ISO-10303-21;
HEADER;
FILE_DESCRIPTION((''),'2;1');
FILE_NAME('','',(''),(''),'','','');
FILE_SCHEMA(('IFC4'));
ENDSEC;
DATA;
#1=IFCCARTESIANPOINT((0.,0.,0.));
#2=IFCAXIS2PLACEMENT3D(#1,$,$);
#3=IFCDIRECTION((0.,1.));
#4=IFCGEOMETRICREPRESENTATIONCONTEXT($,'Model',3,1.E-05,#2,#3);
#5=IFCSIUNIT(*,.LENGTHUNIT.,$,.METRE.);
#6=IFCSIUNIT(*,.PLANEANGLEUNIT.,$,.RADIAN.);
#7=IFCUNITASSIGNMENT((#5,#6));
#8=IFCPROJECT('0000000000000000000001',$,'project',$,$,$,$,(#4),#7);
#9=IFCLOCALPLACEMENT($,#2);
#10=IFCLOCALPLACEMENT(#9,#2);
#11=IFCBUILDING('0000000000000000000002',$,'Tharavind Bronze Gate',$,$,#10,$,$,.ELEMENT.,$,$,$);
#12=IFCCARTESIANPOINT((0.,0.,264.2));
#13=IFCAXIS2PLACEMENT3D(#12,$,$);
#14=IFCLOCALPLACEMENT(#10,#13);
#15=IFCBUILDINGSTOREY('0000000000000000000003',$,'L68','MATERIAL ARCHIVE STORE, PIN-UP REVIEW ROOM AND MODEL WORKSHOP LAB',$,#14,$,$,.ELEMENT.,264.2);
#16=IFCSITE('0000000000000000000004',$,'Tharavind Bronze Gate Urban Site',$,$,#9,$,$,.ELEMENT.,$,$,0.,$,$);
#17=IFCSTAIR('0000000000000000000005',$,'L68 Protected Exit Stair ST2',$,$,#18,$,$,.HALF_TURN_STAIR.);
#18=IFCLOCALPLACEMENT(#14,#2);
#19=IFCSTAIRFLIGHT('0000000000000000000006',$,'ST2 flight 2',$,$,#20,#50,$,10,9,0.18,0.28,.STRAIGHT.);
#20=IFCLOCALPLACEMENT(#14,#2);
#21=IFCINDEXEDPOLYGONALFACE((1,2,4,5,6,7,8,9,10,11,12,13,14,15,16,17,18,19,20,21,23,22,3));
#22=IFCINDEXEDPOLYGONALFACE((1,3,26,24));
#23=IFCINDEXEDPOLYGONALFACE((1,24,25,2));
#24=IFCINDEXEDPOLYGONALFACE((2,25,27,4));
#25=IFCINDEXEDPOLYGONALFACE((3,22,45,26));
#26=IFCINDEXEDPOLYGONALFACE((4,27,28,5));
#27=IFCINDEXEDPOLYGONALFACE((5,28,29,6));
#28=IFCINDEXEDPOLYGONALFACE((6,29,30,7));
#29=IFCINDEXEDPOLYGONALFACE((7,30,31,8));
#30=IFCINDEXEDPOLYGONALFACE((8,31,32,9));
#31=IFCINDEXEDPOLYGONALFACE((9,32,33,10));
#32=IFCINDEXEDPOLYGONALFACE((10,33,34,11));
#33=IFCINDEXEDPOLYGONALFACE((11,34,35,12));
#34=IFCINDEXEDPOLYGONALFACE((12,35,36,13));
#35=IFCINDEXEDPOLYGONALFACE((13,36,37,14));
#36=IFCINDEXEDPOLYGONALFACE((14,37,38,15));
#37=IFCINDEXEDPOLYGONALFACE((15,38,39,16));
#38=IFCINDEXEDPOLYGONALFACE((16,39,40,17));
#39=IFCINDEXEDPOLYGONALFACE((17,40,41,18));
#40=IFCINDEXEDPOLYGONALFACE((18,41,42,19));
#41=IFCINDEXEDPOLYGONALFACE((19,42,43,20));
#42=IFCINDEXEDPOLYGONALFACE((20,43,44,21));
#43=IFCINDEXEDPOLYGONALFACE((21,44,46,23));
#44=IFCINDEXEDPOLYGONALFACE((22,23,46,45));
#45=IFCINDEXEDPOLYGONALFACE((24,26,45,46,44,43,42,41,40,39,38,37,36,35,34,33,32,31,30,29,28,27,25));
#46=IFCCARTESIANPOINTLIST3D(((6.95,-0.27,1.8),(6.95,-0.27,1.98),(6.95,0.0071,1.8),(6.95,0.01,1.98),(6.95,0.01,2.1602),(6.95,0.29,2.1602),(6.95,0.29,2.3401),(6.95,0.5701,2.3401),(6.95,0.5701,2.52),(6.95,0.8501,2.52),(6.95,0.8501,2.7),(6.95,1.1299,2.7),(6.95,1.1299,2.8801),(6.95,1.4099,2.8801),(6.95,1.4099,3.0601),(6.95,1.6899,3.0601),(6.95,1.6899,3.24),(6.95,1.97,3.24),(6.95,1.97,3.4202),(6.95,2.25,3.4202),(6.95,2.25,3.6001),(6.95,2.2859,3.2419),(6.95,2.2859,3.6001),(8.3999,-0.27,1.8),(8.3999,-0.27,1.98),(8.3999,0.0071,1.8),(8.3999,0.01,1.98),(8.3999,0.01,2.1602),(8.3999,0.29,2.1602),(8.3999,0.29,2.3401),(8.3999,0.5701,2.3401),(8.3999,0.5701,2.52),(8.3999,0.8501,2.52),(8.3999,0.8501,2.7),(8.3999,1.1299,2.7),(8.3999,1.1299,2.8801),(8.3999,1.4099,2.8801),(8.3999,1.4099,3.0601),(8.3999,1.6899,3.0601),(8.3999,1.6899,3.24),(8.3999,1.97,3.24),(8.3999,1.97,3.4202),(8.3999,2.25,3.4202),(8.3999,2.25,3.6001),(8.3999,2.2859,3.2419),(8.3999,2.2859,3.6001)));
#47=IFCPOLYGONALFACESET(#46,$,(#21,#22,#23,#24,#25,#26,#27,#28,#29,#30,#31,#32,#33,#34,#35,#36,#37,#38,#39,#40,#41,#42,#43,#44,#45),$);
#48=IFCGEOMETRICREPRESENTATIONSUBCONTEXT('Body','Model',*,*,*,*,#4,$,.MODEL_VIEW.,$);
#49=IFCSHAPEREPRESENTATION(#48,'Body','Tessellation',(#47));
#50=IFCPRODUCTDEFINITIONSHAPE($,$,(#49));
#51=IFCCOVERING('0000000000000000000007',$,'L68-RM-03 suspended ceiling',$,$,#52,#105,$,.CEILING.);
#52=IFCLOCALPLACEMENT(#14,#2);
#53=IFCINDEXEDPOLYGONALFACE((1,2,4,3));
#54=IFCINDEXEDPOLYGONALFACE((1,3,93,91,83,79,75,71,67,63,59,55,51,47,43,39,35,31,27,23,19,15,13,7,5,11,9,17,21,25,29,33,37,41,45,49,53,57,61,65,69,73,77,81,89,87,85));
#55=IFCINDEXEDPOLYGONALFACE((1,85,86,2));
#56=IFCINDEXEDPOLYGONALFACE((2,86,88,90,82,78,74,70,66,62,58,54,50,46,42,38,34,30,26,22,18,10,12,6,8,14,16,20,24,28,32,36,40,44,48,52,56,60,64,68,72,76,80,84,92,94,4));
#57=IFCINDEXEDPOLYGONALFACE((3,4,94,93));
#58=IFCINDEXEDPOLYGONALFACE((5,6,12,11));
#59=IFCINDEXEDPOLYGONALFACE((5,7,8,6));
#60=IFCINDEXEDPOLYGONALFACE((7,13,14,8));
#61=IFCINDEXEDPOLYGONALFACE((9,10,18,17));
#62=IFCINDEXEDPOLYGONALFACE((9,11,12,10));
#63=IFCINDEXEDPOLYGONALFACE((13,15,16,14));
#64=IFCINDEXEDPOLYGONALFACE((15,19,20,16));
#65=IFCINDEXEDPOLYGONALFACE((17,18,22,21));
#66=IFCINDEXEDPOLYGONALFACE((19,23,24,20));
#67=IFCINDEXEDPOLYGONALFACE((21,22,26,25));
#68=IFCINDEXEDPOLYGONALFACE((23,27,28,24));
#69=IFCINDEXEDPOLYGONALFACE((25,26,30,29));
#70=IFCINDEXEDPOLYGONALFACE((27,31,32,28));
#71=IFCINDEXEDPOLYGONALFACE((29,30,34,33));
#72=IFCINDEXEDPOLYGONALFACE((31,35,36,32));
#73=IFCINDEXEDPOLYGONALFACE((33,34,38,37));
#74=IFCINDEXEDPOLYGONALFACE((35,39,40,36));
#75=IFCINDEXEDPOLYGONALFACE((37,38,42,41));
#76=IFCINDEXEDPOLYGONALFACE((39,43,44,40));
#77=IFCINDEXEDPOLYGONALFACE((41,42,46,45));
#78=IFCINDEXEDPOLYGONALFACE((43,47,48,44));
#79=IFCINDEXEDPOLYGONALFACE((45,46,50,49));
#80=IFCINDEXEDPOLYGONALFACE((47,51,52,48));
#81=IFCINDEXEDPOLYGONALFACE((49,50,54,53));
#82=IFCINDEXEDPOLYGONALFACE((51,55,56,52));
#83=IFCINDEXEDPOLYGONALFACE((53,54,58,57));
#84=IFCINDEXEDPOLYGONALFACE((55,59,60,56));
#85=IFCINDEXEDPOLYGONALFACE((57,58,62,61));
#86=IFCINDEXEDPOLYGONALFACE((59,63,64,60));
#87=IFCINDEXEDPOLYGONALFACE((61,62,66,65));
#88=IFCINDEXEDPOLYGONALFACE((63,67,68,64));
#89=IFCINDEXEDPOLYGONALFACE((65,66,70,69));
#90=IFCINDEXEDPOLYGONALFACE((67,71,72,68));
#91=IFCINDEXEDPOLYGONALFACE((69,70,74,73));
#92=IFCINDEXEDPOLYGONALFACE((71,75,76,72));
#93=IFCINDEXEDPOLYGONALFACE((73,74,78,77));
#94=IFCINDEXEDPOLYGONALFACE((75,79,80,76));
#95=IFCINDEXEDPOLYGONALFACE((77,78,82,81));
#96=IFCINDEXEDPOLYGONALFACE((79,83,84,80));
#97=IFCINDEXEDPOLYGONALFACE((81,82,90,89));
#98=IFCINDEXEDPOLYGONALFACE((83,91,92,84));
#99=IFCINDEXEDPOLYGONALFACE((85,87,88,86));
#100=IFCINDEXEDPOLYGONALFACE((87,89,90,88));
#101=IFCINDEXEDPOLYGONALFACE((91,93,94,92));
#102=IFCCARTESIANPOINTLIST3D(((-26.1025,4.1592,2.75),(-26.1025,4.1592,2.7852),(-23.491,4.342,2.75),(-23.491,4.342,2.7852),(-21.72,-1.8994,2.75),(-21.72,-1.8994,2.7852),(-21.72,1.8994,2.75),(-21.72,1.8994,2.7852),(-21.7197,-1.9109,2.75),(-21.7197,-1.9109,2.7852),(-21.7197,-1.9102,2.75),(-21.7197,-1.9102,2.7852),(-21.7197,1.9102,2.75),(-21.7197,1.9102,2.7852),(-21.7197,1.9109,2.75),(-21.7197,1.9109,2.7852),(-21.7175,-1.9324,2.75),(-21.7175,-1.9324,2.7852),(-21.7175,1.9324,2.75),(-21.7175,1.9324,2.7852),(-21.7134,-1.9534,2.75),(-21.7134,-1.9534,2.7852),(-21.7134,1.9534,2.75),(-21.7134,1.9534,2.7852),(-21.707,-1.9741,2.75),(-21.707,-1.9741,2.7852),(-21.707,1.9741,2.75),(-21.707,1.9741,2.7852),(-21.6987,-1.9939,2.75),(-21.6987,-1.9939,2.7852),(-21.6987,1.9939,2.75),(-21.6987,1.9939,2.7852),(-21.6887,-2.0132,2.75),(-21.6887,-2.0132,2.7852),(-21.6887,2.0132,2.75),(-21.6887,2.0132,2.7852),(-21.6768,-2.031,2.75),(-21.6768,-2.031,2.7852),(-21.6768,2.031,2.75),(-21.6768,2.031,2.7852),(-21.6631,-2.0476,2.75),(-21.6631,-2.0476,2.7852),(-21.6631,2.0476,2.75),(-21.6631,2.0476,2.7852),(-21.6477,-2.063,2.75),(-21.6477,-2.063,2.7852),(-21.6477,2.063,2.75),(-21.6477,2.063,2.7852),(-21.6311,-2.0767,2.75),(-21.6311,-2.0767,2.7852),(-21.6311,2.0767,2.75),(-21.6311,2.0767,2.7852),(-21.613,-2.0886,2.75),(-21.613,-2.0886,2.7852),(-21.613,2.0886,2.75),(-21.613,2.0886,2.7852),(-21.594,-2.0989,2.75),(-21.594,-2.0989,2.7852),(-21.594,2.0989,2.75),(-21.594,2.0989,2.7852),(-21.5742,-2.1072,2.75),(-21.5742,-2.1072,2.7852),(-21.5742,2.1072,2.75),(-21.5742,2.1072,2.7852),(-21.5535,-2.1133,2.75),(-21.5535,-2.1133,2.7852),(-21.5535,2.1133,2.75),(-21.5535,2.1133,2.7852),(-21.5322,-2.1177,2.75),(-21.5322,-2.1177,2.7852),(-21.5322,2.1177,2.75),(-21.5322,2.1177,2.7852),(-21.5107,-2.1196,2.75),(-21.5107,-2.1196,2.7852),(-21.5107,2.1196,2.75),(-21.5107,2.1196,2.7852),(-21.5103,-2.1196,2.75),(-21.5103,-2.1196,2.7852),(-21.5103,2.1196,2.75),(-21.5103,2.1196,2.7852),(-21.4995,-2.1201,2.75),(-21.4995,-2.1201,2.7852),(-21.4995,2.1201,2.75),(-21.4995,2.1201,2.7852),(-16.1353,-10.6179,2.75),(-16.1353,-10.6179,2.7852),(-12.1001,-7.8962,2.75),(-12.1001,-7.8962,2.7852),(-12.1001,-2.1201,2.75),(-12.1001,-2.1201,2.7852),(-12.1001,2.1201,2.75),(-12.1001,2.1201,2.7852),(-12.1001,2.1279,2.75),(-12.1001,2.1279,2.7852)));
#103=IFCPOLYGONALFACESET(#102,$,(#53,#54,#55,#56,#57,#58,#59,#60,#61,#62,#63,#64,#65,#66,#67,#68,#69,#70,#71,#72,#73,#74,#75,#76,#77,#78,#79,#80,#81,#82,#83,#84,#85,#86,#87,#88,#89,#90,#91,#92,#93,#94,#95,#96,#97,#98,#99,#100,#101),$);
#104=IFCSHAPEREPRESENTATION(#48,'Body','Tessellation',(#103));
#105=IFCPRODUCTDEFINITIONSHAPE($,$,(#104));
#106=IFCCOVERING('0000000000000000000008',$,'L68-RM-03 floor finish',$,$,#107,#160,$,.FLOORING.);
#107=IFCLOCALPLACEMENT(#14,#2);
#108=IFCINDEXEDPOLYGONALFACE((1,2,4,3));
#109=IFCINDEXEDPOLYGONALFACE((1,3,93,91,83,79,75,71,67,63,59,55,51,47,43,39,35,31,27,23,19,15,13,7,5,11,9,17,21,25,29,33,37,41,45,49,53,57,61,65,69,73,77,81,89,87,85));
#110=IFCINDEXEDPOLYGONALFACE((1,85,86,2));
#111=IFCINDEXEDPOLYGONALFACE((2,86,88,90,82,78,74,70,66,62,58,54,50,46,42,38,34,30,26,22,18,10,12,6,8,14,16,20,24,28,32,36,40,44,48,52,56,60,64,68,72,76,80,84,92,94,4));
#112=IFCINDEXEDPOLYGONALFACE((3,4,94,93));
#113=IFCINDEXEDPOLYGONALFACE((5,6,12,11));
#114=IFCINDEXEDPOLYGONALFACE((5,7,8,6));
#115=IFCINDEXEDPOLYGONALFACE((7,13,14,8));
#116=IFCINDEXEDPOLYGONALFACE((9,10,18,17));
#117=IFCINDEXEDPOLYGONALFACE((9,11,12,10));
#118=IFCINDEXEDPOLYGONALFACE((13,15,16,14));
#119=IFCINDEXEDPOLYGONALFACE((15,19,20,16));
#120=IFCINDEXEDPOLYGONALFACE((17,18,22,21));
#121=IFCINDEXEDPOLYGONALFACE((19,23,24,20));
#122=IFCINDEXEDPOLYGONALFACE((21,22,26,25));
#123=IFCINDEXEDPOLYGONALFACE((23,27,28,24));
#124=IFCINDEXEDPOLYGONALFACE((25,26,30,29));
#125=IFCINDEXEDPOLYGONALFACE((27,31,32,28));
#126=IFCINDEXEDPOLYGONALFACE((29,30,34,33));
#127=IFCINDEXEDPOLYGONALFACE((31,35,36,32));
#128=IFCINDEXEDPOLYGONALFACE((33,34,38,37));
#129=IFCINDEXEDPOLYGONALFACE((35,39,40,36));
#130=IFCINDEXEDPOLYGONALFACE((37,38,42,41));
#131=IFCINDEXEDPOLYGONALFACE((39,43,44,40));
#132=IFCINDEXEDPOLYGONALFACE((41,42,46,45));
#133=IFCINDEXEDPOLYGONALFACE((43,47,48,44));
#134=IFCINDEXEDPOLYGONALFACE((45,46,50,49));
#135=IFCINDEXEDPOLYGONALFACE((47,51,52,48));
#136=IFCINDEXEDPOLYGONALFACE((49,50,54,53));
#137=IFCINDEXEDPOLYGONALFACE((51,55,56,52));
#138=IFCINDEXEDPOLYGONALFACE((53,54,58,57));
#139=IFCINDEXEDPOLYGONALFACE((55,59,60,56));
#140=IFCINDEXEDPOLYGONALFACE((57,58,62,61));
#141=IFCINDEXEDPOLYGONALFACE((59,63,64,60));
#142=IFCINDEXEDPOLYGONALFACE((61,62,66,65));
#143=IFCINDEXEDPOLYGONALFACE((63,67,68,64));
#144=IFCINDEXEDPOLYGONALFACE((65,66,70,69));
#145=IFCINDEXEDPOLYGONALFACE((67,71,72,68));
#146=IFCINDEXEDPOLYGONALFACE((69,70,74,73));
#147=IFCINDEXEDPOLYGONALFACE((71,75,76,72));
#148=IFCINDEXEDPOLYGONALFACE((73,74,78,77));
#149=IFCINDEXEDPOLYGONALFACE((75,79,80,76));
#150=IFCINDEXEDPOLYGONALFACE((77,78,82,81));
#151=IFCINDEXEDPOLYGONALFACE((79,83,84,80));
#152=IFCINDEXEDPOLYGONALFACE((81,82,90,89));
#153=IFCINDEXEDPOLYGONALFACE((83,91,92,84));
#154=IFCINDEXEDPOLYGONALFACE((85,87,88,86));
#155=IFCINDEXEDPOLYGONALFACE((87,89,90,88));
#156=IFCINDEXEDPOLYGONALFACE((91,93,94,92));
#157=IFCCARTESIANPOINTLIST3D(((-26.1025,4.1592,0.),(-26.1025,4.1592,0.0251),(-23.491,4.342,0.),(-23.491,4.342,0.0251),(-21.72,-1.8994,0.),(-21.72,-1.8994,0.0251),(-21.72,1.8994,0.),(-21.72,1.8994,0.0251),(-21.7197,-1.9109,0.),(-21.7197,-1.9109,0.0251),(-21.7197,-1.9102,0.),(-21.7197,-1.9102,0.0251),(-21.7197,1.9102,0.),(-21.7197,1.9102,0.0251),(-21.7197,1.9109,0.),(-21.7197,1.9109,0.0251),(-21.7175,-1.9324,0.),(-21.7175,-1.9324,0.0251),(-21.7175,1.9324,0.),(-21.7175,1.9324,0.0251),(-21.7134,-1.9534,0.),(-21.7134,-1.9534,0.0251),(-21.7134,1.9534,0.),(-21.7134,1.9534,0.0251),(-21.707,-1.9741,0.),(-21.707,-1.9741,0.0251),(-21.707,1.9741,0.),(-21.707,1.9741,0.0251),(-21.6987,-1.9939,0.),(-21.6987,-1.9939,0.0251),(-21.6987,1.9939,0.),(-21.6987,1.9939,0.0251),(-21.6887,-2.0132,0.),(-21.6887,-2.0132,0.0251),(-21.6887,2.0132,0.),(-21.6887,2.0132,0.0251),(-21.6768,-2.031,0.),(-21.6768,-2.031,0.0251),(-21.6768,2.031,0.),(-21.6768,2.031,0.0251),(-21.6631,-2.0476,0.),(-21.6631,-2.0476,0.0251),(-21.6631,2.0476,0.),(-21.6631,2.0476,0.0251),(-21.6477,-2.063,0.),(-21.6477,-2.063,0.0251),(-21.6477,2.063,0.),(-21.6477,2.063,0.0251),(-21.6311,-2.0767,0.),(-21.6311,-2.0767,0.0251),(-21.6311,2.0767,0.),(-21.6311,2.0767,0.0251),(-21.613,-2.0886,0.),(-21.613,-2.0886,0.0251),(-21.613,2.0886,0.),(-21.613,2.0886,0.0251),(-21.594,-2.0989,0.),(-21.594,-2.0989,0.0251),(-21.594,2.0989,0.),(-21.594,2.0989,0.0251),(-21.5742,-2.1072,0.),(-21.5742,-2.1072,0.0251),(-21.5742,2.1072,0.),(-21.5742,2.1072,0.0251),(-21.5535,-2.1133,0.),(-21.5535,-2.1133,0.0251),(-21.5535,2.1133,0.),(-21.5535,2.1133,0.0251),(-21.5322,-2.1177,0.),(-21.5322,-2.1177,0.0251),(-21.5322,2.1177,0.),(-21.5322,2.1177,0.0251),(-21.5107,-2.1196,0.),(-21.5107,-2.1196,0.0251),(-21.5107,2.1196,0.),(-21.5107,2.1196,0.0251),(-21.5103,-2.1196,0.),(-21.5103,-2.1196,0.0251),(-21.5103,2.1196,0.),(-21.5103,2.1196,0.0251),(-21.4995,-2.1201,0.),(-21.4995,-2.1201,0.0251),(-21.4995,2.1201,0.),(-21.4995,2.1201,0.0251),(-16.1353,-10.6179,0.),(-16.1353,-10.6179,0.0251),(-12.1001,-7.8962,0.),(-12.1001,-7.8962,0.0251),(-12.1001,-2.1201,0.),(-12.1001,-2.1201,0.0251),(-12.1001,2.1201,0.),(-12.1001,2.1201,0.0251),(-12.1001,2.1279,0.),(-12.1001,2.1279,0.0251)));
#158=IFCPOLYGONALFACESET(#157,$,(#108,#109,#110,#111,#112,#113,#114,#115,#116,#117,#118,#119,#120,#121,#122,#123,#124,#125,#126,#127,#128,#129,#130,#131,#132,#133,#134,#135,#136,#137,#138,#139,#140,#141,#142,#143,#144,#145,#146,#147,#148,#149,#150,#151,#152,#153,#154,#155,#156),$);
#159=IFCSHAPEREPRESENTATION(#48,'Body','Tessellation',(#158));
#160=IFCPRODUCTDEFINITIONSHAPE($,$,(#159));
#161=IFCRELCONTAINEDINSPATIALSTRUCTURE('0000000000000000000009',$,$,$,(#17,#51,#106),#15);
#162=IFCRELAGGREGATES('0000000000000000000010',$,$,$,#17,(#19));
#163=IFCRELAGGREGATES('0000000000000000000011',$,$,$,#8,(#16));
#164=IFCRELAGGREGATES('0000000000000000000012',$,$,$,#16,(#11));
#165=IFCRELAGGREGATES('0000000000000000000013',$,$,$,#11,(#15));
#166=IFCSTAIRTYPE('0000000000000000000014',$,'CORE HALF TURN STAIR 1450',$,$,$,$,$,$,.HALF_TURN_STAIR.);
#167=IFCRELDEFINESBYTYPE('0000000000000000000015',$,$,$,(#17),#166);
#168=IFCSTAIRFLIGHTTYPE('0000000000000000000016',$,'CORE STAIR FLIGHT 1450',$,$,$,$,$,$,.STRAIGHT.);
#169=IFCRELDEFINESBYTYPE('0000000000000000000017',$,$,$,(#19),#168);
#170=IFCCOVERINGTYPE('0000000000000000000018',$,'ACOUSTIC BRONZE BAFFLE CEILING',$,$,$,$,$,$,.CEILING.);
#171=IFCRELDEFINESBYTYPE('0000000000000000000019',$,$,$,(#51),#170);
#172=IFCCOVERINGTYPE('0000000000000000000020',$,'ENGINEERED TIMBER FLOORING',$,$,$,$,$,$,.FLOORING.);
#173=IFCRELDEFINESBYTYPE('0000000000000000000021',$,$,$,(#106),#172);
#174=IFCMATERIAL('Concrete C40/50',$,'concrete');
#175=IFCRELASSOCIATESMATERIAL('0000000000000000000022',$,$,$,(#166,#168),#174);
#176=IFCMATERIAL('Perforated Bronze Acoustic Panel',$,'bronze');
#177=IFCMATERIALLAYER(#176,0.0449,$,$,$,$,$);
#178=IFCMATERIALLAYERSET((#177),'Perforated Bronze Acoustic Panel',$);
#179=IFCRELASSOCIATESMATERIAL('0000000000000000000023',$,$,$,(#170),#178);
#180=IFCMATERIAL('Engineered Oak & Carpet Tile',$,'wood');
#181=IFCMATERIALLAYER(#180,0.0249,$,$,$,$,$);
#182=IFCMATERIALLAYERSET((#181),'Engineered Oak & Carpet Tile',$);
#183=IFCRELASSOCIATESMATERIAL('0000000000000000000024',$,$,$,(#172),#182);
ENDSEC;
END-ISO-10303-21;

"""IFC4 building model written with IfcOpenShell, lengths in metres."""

from ifc_helpers import new_model, si_unit, direction, frame, origin, place, context, subcontext, project, spatial, polyline, outline, extrude, material, layer, layer_set, type_object, element, aggregate, save


model = new_model("IFC4")

# Units and contexts
model_context = context("Model", 3, precision=1e-05, world=origin(), true_north=direction((0.0, 1.0)))
body_context = subcontext(model_context, "Body", "Model", "MODEL_VIEW")
ifc_project = project(units=[si_unit("LENGTHUNIT", "METRE"), si_unit("PLANEANGLEUNIT", "RADIAN")], contexts=[model_context])

# Site, building, storey
site_placement = place(None, origin())
site = spatial("IfcSite", under=ifc_project, at=site_placement, Name="Tharavind Bronze Gate Urban Site", CompositionType="ELEMENT", RefElevation=0.0)
building_placement = place(site_placement, origin())
building = spatial("IfcBuilding", under=site, at=building_placement, Name="Tharavind Bronze Gate", CompositionType="ELEMENT")
storey_placement = place(building_placement, frame((0.0, 0.0, 264.2)))
storey = spatial("IfcBuildingStorey", under=building, at=storey_placement, Name="L68", Description="MATERIAL ARCHIVE STORE, PIN-UP REVIEW ROOM AND MODEL WORKSHOP LAB", CompositionType="ELEMENT", Elevation=264.2)

# Shared definitions
ifc_material_1 = material(Name="Concrete C40/50", Category="concrete")

# Stair, stair flight
stair_type = type_object("IfcStairType", Name="CORE HALF TURN STAIR 1450", PredefinedType="HALF_TURN_STAIR", material=ifc_material_1)
stair_placement = place(storey_placement, origin())
stair = element("IfcStair", 1, at=stair_placement, inside=storey, type_object=stair_type, Name="L68 Protected Exit Stair ST2", PredefinedType="HALF_TURN_STAIR")
stair_flight_type = type_object("IfcStairFlightType", Name="CORE STAIR FLIGHT 1450", PredefinedType="STRAIGHT", material=ifc_material_1)
stair_flight_1_placement = place(storey_placement, frame((7.675, -0.27, 1.8), z_axis=(0.0, 0.0, 1.0), x_axis=(0.0, 1.0, 0.0)))
stair_flight_1 = element("IfcStairFlight", 2, at=stair_flight_1_placement, type_object=stair_flight_type, Name="ST2 flight 2", NumberOfRisers=10, NumberOfTreads=9, PredefinedType="STRAIGHT", RiserHeight=0.18, TreadLength=0.28, context=body_context, shape_type="SweptSolid", body=[
    extrude(outline(polyline([(0.0, 0.0), (0.0, 0.1799), (0.28, 0.1799), (0.28, 0.3601), (0.5601, 0.3601), (0.5601, 0.54), (0.8401, 0.54), (0.8401, 0.72), (1.1201, 0.72), (1.1201, 0.8999), (1.3999, 0.8999), (1.3999, 1.0801), (1.6799, 1.0801), (1.6799, 1.26), (1.96, 1.26), (1.96, 1.4399), (2.24, 1.4399), (2.24, 1.6201), (2.52, 1.6201), (2.52, 1.8), (2.5559, 1.8), (2.5559, 1.4419), (0.2771, 0.0), (0.0, 0.0)])), frame((0.0, 0.7251, 0.0), z_axis=(0.0, -1.0, 0.0), x_axis=(1.0, 0.0, 0.0)), (0.0, 0.0, 1.0), 1.45),
])
aggregate(stair, [stair_flight_1])

# Coverings
ifc_material_2 = material(Name="Perforated Bronze Acoustic Panel", Category="bronze")
ifc_layer_1 = layer(ifc_material_2, 0.0449)
ifc_layer_set_1 = layer_set([ifc_layer_1], Name="Perforated Bronze Acoustic Panel")
covering_type_1 = type_object("IfcCoveringType", Name="ACOUSTIC BRONZE BAFFLE CEILING", PredefinedType="CEILING", material=ifc_layer_set_1)
covering_1_placement = place(storey_placement, frame((0.0, 0.0, 2.75)))
element("IfcCovering", 3, at=covering_1_placement, inside=storey, type_object=covering_type_1, Name="L68-RM-03 suspended ceiling", PredefinedType="CEILING", context=body_context, shape_type="SweptSolid", body=[
    extrude(outline(polyline([(-16.1353, -10.6179), (-12.1001, -7.8962), (-12.1001, -2.1201), (-21.4995, -2.1201), (-21.5103, -2.1196), (-21.5107, -2.1196), (-21.5322, -2.1177), (-21.5535, -2.1133), (-21.5742, -2.1072), (-21.594, -2.0989), (-21.613, -2.0886), (-21.6311, -2.0767), (-21.6477, -2.063), (-21.6631, -2.0476), (-21.6768, -2.031), (-21.6887, -2.0132), (-21.6987, -1.9939), (-21.707, -1.9741), (-21.7134, -1.9534), (-21.7175, -1.9324), (-21.7197, -1.9109), (-21.7197, -1.9102), (-21.72, -1.8994), (-21.72, 1.8994), (-21.7197, 1.9102), (-21.7197, 1.9109), (-21.7175, 1.9324), (-21.7134, 1.9534), (-21.707, 1.9741), (-21.6987, 1.9939), (-21.6887, 2.0132), (-21.6768, 2.031), (-21.6631, 2.0476), (-21.6477, 2.063), (-21.6311, 2.0767), (-21.613, 2.0886), (-21.594, 2.0989), (-21.5742, 2.1072), (-21.5535, 2.1133), (-21.5322, 2.1177), (-21.5107, 2.1196), (-21.5103, 2.1196), (-21.4995, 2.1201), (-12.1001, 2.1201), (-12.1001, 2.1279), (-23.491, 4.342), (-26.1025, 4.1592), (-16.1353, -10.6179)])), origin(), (0.0, 0.0, 1.0), 0.0352),
])
ifc_material_3 = material(Name="Engineered Oak & Carpet Tile", Category="wood")
ifc_layer_2 = layer(ifc_material_3, 0.0249)
ifc_layer_set_2 = layer_set([ifc_layer_2], Name="Engineered Oak & Carpet Tile")
covering_type_2 = type_object("IfcCoveringType", Name="ENGINEERED TIMBER FLOORING", PredefinedType="FLOORING", material=ifc_layer_set_2)
covering_2_placement = place(storey_placement, origin())
element("IfcCovering", 4, at=covering_2_placement, inside=storey, type_object=covering_type_2, Name="L68-RM-03 floor finish", PredefinedType="FLOORING", context=body_context, shape_type="SweptSolid", body=[
    extrude(outline(polyline([(-16.1353, -10.6179), (-12.1001, -7.8962), (-12.1001, -2.1201), (-21.4995, -2.1201), (-21.5103, -2.1196), (-21.5107, -2.1196), (-21.5322, -2.1177), (-21.5535, -2.1133), (-21.5742, -2.1072), (-21.594, -2.0989), (-21.613, -2.0886), (-21.6311, -2.0767), (-21.6477, -2.063), (-21.6631, -2.0476), (-21.6768, -2.031), (-21.6887, -2.0132), (-21.6987, -1.9939), (-21.707, -1.9741), (-21.7134, -1.9534), (-21.7175, -1.9324), (-21.7197, -1.9109), (-21.7197, -1.9102), (-21.72, -1.8994), (-21.72, 1.8994), (-21.7197, 1.9102), (-21.7197, 1.9109), (-21.7175, 1.9324), (-21.7134, 1.9534), (-21.707, 1.9741), (-21.6987, 1.9939), (-21.6887, 2.0132), (-21.6768, 2.031), (-21.6631, 2.0476), (-21.6477, 2.063), (-21.6311, 2.0767), (-21.613, 2.0886), (-21.594, 2.0989), (-21.5742, 2.1072), (-21.5535, 2.1133), (-21.5322, 2.1177), (-21.5107, 2.1196), (-21.5103, 2.1196), (-21.4995, 2.1201), (-12.1001, 2.1201), (-12.1001, 2.1279), (-23.491, 4.342), (-26.1025, 4.1592), (-16.1353, -10.6179)])), origin(), (0.0, 0.0, 1.0), 0.0251),
])

save(model, "model.ifc")
